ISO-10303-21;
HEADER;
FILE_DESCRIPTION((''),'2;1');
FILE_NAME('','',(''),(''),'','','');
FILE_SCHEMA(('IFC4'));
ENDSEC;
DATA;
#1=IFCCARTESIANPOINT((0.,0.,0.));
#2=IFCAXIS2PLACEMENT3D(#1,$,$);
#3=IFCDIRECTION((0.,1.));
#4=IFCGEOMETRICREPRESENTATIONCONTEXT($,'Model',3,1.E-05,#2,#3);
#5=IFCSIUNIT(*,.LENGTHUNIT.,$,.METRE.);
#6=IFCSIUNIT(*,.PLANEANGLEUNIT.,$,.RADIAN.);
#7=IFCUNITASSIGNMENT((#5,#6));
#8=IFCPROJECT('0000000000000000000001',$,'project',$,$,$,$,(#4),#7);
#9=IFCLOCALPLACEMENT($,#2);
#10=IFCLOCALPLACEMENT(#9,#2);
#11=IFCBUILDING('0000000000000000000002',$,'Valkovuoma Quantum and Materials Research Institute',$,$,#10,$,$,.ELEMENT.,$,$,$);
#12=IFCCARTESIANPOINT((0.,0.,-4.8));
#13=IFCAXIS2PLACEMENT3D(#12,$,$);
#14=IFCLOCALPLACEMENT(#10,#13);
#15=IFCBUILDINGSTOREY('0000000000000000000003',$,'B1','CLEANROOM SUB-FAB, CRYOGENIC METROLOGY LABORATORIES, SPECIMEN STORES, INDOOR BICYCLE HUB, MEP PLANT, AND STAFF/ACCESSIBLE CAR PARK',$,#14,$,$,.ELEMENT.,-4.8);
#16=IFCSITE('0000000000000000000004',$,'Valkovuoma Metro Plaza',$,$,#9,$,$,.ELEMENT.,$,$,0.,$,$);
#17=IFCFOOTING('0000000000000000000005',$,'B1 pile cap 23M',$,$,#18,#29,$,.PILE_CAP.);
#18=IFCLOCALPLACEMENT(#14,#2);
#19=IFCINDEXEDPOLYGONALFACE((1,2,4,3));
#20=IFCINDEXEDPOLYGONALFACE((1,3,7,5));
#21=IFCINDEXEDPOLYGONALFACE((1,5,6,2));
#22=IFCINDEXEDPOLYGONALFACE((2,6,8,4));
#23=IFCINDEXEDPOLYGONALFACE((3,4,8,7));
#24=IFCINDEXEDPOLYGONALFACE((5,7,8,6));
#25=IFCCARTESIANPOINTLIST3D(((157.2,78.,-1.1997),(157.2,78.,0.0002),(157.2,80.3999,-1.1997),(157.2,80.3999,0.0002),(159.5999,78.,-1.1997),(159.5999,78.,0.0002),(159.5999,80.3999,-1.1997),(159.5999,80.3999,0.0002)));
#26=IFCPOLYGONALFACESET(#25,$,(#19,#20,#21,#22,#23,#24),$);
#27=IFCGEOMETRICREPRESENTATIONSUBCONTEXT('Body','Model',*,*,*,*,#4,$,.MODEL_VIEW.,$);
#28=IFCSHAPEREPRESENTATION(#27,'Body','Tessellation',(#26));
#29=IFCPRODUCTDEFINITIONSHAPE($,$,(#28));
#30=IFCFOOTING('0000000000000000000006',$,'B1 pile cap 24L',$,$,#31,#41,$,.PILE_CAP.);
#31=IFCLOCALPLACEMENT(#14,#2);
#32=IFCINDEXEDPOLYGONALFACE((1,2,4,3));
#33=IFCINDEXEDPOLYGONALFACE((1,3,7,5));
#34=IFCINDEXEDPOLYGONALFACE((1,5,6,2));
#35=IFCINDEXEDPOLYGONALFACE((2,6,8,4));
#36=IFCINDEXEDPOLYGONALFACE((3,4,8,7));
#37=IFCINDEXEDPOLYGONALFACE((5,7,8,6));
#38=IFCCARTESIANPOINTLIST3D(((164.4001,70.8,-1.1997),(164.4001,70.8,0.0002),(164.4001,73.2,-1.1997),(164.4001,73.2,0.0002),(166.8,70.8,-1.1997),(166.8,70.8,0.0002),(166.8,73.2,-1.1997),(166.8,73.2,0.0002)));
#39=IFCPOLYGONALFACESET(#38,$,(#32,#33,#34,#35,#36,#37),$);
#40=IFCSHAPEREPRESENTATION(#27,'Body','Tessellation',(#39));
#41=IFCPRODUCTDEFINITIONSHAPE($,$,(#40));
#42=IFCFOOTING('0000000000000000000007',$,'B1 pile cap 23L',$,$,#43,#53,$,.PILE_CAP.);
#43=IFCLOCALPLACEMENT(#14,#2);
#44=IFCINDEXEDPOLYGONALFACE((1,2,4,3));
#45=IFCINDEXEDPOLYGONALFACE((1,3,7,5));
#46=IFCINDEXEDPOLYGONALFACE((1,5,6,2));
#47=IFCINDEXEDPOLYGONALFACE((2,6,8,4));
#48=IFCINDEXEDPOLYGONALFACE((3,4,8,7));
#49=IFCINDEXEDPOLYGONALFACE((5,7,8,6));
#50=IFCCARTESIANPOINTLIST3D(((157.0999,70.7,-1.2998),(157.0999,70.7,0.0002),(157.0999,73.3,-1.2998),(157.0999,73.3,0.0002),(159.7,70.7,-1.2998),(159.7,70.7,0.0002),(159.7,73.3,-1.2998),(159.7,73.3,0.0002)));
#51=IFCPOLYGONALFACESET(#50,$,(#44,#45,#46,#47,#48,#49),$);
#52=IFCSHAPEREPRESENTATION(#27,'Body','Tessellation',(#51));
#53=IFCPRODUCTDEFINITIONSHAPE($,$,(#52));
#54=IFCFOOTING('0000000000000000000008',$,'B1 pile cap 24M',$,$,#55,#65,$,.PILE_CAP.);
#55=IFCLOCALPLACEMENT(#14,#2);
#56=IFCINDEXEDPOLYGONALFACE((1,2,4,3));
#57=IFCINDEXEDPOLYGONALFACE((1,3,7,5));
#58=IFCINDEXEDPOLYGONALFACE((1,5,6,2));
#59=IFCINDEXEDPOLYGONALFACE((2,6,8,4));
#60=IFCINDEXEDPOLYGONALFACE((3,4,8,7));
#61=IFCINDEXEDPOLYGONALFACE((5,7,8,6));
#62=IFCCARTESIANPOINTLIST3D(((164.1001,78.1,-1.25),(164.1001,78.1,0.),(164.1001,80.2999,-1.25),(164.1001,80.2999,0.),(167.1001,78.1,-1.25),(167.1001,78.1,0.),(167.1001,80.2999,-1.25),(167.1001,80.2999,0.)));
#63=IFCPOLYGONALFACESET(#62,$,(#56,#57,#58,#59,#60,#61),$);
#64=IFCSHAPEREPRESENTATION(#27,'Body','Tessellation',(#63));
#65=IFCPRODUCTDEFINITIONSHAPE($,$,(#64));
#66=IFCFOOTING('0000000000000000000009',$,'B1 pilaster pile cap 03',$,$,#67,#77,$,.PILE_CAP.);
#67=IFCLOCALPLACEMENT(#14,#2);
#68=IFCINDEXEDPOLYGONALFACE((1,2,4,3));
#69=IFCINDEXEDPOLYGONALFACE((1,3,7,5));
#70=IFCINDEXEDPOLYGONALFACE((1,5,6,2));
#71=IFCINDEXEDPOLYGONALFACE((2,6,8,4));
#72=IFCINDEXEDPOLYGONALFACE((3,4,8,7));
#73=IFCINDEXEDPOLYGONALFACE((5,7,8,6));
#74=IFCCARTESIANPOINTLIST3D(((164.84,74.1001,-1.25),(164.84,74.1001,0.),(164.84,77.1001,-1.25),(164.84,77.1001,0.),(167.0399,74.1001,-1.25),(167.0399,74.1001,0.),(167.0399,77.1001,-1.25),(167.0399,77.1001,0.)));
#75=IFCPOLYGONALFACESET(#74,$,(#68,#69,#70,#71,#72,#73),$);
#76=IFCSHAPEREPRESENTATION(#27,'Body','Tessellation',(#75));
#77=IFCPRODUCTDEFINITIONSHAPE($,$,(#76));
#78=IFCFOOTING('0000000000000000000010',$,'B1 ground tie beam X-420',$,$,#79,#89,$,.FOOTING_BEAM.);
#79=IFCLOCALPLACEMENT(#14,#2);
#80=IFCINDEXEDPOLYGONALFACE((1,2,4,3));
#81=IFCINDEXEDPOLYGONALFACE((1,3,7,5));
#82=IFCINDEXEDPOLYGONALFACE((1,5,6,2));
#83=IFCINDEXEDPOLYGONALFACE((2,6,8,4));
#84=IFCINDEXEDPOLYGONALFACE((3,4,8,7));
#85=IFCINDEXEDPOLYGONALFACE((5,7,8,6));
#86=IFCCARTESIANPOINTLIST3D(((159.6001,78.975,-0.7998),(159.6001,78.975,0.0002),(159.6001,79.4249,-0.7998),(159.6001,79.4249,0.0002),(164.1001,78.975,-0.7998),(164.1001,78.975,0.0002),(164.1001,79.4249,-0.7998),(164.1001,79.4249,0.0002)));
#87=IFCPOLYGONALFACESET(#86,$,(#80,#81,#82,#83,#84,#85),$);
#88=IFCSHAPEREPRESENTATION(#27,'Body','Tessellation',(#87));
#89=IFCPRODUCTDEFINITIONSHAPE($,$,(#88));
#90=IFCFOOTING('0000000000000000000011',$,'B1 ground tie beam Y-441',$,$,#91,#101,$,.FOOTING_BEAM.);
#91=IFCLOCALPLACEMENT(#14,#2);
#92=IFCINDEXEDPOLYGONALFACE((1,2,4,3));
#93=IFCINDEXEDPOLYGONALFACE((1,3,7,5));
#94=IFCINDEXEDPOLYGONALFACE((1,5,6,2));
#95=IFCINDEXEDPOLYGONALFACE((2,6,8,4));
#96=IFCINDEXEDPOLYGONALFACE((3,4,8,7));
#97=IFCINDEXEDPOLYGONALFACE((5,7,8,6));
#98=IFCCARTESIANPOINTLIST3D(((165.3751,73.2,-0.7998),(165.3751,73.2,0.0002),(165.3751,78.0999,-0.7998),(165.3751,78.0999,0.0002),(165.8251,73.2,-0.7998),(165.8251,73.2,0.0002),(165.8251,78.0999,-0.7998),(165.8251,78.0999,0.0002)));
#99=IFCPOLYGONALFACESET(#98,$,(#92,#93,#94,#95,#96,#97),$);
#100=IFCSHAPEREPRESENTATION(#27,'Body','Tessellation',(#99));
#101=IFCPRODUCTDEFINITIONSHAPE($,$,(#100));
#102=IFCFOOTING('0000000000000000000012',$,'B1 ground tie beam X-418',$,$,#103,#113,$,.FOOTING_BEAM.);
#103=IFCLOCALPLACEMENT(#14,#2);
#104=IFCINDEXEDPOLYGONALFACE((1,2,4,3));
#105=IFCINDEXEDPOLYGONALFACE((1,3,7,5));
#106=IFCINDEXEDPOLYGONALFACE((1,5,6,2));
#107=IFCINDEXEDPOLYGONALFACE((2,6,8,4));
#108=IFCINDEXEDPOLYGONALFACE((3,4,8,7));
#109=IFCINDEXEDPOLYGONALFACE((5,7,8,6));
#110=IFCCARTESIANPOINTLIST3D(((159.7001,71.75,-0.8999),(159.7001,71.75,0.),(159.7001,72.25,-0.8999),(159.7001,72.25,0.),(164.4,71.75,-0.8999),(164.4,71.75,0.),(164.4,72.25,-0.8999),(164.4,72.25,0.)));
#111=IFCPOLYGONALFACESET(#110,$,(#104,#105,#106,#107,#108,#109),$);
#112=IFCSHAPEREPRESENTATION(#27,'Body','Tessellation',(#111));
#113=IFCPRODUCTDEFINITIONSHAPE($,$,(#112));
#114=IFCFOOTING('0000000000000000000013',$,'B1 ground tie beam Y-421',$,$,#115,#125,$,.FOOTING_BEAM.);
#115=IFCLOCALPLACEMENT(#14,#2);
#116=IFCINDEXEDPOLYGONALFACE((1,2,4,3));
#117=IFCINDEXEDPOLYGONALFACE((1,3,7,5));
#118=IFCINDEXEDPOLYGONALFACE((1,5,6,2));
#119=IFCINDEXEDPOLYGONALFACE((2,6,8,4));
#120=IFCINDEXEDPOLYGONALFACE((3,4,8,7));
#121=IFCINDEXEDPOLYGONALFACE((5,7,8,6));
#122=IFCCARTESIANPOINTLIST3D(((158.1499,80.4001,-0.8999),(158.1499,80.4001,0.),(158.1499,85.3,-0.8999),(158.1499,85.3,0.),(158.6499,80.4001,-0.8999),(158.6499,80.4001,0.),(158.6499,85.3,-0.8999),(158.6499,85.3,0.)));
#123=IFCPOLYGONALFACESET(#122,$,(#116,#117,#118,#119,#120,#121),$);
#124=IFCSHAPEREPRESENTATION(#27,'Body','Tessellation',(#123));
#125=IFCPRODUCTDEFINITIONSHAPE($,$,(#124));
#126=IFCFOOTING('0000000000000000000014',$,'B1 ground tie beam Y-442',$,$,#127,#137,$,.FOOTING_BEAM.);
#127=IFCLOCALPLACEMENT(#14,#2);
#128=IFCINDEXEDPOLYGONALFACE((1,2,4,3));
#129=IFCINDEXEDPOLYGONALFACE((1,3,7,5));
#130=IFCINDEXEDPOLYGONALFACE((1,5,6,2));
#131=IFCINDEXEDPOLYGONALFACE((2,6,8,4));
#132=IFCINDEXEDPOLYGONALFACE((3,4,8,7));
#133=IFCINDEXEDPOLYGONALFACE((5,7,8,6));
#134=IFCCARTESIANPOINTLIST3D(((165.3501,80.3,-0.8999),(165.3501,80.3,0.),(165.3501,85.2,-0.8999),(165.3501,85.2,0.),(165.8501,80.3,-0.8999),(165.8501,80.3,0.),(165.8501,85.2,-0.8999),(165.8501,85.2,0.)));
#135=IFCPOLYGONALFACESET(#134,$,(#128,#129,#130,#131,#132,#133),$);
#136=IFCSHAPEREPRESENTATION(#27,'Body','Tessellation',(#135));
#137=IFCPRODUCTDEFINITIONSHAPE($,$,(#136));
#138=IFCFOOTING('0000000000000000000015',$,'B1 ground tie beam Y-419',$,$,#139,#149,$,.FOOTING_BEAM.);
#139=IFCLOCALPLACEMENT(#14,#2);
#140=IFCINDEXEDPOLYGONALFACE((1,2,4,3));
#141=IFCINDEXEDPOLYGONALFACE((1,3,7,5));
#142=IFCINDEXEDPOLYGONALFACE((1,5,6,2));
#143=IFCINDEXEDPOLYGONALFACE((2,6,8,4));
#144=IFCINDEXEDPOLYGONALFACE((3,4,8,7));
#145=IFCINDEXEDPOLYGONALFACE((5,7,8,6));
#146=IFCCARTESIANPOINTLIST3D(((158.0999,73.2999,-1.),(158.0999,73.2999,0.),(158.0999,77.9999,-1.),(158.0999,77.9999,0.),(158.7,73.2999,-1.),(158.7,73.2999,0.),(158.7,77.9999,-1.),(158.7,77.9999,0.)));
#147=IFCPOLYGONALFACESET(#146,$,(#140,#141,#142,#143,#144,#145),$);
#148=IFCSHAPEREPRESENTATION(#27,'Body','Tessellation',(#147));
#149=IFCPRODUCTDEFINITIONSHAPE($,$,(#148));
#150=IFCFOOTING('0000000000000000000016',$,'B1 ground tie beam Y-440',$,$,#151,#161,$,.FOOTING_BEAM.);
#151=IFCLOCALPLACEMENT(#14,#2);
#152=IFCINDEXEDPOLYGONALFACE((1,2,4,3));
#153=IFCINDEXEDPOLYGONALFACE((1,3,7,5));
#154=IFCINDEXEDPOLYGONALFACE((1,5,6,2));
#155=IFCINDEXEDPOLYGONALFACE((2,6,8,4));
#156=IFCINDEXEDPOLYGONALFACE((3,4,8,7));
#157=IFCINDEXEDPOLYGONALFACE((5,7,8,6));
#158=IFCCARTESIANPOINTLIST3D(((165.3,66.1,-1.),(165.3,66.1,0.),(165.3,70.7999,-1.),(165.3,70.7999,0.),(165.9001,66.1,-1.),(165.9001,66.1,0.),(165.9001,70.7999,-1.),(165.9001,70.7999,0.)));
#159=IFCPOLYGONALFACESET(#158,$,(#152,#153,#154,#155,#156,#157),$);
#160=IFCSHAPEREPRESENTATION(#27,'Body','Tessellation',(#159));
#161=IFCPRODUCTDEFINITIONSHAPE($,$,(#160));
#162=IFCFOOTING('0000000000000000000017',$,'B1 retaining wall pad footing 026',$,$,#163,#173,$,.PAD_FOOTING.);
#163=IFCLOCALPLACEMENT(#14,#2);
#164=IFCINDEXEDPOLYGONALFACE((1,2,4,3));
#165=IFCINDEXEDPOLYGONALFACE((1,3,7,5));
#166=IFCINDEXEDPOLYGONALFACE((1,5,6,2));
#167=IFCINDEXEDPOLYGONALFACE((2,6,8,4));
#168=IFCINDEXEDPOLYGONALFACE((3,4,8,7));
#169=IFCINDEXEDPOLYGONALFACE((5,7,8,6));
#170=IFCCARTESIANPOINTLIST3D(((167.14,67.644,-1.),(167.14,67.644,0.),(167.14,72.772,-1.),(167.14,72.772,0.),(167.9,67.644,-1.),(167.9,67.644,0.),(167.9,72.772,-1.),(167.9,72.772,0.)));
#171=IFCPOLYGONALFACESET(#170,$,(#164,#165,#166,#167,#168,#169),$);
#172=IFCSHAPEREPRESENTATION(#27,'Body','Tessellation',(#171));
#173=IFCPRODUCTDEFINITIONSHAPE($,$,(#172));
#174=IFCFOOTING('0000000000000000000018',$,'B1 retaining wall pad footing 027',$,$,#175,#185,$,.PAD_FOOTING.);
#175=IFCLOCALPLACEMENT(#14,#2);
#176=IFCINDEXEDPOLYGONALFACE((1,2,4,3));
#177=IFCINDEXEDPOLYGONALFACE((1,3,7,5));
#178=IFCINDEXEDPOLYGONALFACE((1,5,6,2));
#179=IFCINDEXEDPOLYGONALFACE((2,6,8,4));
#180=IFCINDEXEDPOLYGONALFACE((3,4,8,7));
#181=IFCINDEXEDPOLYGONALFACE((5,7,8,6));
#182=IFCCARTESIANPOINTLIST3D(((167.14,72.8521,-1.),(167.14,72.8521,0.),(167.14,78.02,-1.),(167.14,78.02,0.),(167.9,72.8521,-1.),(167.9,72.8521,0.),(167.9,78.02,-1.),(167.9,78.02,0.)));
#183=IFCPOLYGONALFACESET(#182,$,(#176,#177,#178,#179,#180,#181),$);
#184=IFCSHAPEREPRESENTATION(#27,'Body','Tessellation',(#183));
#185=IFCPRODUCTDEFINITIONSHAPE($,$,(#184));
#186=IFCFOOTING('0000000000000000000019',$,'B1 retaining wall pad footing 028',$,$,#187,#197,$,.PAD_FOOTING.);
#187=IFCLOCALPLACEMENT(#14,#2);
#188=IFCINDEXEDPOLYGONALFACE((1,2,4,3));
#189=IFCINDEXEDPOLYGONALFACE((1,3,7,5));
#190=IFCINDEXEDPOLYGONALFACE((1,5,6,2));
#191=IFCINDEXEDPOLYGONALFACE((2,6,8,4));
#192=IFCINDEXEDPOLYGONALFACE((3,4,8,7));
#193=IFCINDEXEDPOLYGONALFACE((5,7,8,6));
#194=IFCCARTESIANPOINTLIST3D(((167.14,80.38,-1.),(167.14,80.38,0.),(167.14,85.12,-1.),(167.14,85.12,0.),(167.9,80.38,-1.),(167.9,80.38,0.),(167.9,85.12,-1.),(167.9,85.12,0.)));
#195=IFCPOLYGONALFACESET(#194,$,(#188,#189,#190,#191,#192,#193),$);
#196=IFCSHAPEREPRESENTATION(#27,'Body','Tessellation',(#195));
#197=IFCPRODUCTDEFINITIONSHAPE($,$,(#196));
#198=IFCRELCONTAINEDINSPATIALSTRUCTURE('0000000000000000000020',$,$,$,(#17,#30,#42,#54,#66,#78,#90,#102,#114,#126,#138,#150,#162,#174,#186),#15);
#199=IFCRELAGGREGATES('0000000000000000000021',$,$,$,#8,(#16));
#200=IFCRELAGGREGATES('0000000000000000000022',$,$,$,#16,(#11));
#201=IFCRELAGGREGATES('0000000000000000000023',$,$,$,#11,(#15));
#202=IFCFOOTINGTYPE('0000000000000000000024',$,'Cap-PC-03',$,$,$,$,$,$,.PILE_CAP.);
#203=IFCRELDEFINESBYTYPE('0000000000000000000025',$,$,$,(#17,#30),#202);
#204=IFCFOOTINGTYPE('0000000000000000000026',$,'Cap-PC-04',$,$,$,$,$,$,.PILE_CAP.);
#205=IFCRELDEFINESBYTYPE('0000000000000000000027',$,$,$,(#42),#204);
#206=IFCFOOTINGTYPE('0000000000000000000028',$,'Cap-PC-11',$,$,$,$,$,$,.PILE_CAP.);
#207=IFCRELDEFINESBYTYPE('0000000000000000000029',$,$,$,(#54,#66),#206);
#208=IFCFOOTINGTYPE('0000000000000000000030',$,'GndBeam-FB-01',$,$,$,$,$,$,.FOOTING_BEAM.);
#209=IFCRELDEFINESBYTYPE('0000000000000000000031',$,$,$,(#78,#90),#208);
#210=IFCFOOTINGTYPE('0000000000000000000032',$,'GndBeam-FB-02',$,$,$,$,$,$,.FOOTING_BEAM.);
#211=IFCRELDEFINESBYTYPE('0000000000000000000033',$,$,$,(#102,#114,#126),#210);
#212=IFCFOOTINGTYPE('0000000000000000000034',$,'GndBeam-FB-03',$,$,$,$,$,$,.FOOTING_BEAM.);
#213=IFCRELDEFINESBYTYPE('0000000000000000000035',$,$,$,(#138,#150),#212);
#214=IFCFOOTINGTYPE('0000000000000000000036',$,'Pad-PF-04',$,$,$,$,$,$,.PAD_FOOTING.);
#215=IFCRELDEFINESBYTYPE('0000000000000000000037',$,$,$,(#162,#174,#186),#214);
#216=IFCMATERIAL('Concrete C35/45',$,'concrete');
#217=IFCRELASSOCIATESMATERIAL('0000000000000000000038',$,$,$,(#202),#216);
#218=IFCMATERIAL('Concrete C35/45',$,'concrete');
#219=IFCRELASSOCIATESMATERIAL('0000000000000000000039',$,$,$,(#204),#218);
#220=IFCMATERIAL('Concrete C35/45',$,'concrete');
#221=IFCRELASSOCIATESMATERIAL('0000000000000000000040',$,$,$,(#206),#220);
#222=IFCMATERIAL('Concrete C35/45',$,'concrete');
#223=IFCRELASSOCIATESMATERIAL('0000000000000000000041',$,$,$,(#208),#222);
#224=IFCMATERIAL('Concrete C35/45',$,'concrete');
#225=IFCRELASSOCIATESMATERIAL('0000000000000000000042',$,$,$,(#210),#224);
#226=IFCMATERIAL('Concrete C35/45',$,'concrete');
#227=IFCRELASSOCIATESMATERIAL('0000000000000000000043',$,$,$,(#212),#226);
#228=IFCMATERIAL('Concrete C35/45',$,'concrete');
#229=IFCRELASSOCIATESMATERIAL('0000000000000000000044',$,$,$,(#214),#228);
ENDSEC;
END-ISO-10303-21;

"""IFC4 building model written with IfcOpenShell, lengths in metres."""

from ifc_helpers import new_model, si_unit, direction, frame, origin, origin_2d, place, context, subcontext, project, spatial, rectangle, extrude, material, type_object, element, save


model = new_model("IFC4")

# Units and contexts
model_context = context("Model", 3, precision=1e-05, world=origin(), true_north=direction((0.0, 1.0)))
body_context = subcontext(model_context, "Body", "Model", "MODEL_VIEW")
ifc_project = project(units=[si_unit("LENGTHUNIT", "METRE"), si_unit("PLANEANGLEUNIT", "RADIAN")], contexts=[model_context])

# Site, building, storey
site_placement = place(None, origin())
site = spatial("IfcSite", under=ifc_project, at=site_placement, Name="Valkovuoma Metro Plaza", CompositionType="ELEMENT", RefElevation=0.0)
building_placement = place(site_placement, origin())
building = spatial("IfcBuilding", under=site, at=building_placement, Name="Valkovuoma Quantum and Materials Research Institute", CompositionType="ELEMENT")
storey_placement = place(building_placement, frame((0.0, 0.0, -4.8)))
storey = spatial("IfcBuildingStorey", under=building, at=storey_placement, Name="B1", Description="CLEANROOM SUB-FAB, CRYOGENIC METROLOGY LABORATORIES, SPECIMEN STORES, INDOOR BICYCLE HUB, MEP PLANT, AND STAFF/ACCESSIBLE CAR PARK", CompositionType="ELEMENT", Elevation=-4.8)

# Footings
ifc_material_1 = material(Name="Concrete C35/45", Category="concrete")
footing_type_1 = type_object("IfcFootingType", Name="Cap-PC-03", PredefinedType="PILE_CAP", material=ifc_material_1)
for number, where, z_axis, x_axis, name in (
    (1, (158.3999, 79.2, -1.1997), (0.0, 0.0, 1.0), (1.0, 0.0, 0.0), "B1 pile cap 23M"),
    (2, (165.6001, 72.0, -1.1997), (0.0, 0.0, 1.0), (1.0, 0.0, 0.0), "B1 pile cap 24L"),
):
    element("IfcFooting", number, at=place(storey_placement, frame(where, z_axis=z_axis, x_axis=x_axis)), inside=storey, type_object=footing_type_1, Name=name, PredefinedType="PILE_CAP", context=body_context, shape_type="SweptSolid", body=[
        extrude(rectangle(XDim=2.3999, YDim=2.3999, at=origin_2d()), origin(), (0.0, 0.0, 1.0), 1.2),
    ])
ifc_material_2 = material(Name="Concrete C35/45", Category="concrete")
footing_type_2 = type_object("IfcFootingType", Name="Cap-PC-04", PredefinedType="PILE_CAP", material=ifc_material_2)
footing_1_placement = place(storey_placement, frame((158.3999, 72.0, -1.2998), z_axis=(0.0, 0.0, 1.0), x_axis=(1.0, 0.0, 0.0)))
element("IfcFooting", 3, at=footing_1_placement, inside=storey, type_object=footing_type_2, Name="B1 pile cap 23L", PredefinedType="PILE_CAP", context=body_context, shape_type="SweptSolid", body=[
    extrude(rectangle(XDim=2.6001, YDim=2.6001, at=origin_2d()), origin(), (0.0, 0.0, 1.0), 1.3),
])
ifc_material_3 = material(Name="Concrete C35/45", Category="concrete")
footing_type_3 = type_object("IfcFootingType", Name="Cap-PC-11", PredefinedType="PILE_CAP", material=ifc_material_3)
footing_2_placement = place(storey_placement, frame((165.6001, 79.2, -1.25), z_axis=(0.0, 0.0, 1.0), x_axis=(1.0, 0.0, 0.0)))
element("IfcFooting", 4, at=footing_2_placement, inside=storey, type_object=footing_type_3, Name="B1 pile cap 24M", PredefinedType="PILE_CAP", context=body_context, shape_type="SweptSolid", body=[
    extrude(rectangle(XDim=3.0, YDim=2.2, at=origin_2d()), origin(), (0.0, 0.0, 1.0), 1.25),
])
footing_3_placement = place(storey_placement, frame((165.9399, 75.6001, -1.25), z_axis=(0.0, 0.0, 1.0), x_axis=(1.0, 0.0, 0.0)))
element("IfcFooting", 5, at=footing_3_placement, inside=storey, type_object=footing_type_3, Name="B1 pilaster pile cap 03", PredefinedType="PILE_CAP", context=body_context, shape_type="SweptSolid", body=[
    extrude(rectangle(XDim=2.2, YDim=3.0, at=origin_2d()), origin(), (0.0, 0.0, 1.0), 1.25),
])
ifc_material_4 = material(Name="Concrete C35/45", Category="concrete")
footing_type_4 = type_object("IfcFootingType", Name="GndBeam-FB-01", PredefinedType="FOOTING_BEAM", material=ifc_material_4)
footing_4_placement = place(storey_placement, frame((161.8501, 79.2, -0.7998), z_axis=(0.0, 0.0, 1.0), x_axis=(1.0, 0.0, 0.0)))
element("IfcFooting", 6, at=footing_4_placement, inside=storey, type_object=footing_type_4, Name="B1 ground tie beam X-420", PredefinedType="FOOTING_BEAM", context=body_context, shape_type="SweptSolid", body=[
    extrude(rectangle(XDim=4.5, YDim=0.45, at=origin_2d()), origin(), (0.0, 0.0, 1.0), 0.8),
])
footing_5_placement = place(storey_placement, frame((165.6001, 75.6499, -0.7998), z_axis=(0.0, 0.0, 1.0), x_axis=(0.0, 1.0, 0.0)))
element("IfcFooting", 7, at=footing_5_placement, inside=storey, type_object=footing_type_4, Name="B1 ground tie beam Y-441", PredefinedType="FOOTING_BEAM", context=body_context, shape_type="SweptSolid", body=[
    extrude(rectangle(XDim=4.8999, YDim=0.45, at=origin_2d()), origin(), (0.0, 0.0, 1.0), 0.8),
])
ifc_material_5 = material(Name="Concrete C35/45", Category="concrete")
footing_type_5 = type_object("IfcFootingType", Name="GndBeam-FB-02", PredefinedType="FOOTING_BEAM", material=ifc_material_5)
footing_6_placement = place(storey_placement, frame((162.05, 72.0, -0.8999), z_axis=(0.0, 0.0, 1.0), x_axis=(1.0, 0.0, 0.0)))
element("IfcFooting", 8, at=footing_6_placement, inside=storey, type_object=footing_type_5, Name="B1 ground tie beam X-418", PredefinedType="FOOTING_BEAM", context=body_context, shape_type="SweptSolid", body=[
    extrude(rectangle(XDim=4.7, YDim=0.5, at=origin_2d()), origin(), (0.0, 0.0, 1.0), 0.8999),
])
for number, where, z_axis, x_axis, name in (
    (9, (158.3999, 82.8501, -0.8999), (0.0, 0.0, 1.0), (0.0, 1.0, 0.0), "B1 ground tie beam Y-421"),
    (10, (165.6001, 82.75, -0.8999), (0.0, 0.0, 1.0), (0.0, 1.0, 0.0), "B1 ground tie beam Y-442"),
):
    element("IfcFooting", number, at=place(storey_placement, frame(where, z_axis=z_axis, x_axis=x_axis)), inside=storey, type_object=footing_type_5, Name=name, PredefinedType="FOOTING_BEAM", context=body_context, shape_type="SweptSolid", body=[
        extrude(rectangle(XDim=4.8999, YDim=0.5, at=origin_2d()), origin(), (0.0, 0.0, 1.0), 0.8999),
    ])
ifc_material_6 = material(Name="Concrete C35/45", Category="concrete")
footing_type_6 = type_object("IfcFootingType", Name="GndBeam-FB-03", PredefinedType="FOOTING_BEAM", material=ifc_material_6)
for number, where, z_axis, x_axis, name in (
    (11, (158.3999, 75.6499, -1.0), (0.0, 0.0, 1.0), (0.0, 1.0, 0.0), "B1 ground tie beam Y-419"),
    (12, (165.6001, 68.45, -1.0), (0.0, 0.0, 1.0), (0.0, 1.0, 0.0), "B1 ground tie beam Y-440"),
):
    element("IfcFooting", number, at=place(storey_placement, frame(where, z_axis=z_axis, x_axis=x_axis)), inside=storey, type_object=footing_type_6, Name=name, PredefinedType="FOOTING_BEAM", context=body_context, shape_type="SweptSolid", body=[
        extrude(rectangle(XDim=4.7, YDim=0.6001, at=origin_2d()), origin(), (0.0, 0.0, 1.0), 1.0),
    ])
ifc_material_7 = material(Name="Concrete C35/45", Category="concrete")
footing_type_7 = type_object("IfcFootingType", Name="Pad-PF-04", PredefinedType="PAD_FOOTING", material=ifc_material_7)
footing_7_placement = place(storey_placement, frame((167.52, 70.208, -1.0), z_axis=(0.0, 0.0, 1.0), x_axis=(0.0, 1.0, 0.0)))
element("IfcFooting", 13, at=footing_7_placement, inside=storey, type_object=footing_type_7, Name="B1 retaining wall pad footing 026", PredefinedType="PAD_FOOTING", context=body_context, shape_type="SweptSolid", body=[
    extrude(rectangle(XDim=5.1279, YDim=0.76, at=origin_2d()), origin(), (0.0, 0.0, 1.0), 1.0),
])
footing_8_placement = place(storey_placement, frame((167.52, 75.436, -1.0), z_axis=(0.0, 0.0, 1.0), x_axis=(0.0, 1.0, 0.0)))
element("IfcFooting", 14, at=footing_8_placement, inside=storey, type_object=footing_type_7, Name="B1 retaining wall pad footing 027", PredefinedType="PAD_FOOTING", context=body_context, shape_type="SweptSolid", body=[
    extrude(rectangle(XDim=5.168, YDim=0.76, at=origin_2d()), origin(), (0.0, 0.0, 1.0), 1.0),
])
footing_9_placement = place(storey_placement, frame((167.52, 82.75, -1.0), z_axis=(0.0, 0.0, 1.0), x_axis=(0.0, 1.0, 0.0)))
element("IfcFooting", 15, at=footing_9_placement, inside=storey, type_object=footing_type_7, Name="B1 retaining wall pad footing 028", PredefinedType="PAD_FOOTING", context=body_context, shape_type="SweptSolid", body=[
    extrude(rectangle(XDim=4.74, YDim=0.76, at=origin_2d()), origin(), (0.0, 0.0, 1.0), 1.0),
])

save(model, "model.ifc")
